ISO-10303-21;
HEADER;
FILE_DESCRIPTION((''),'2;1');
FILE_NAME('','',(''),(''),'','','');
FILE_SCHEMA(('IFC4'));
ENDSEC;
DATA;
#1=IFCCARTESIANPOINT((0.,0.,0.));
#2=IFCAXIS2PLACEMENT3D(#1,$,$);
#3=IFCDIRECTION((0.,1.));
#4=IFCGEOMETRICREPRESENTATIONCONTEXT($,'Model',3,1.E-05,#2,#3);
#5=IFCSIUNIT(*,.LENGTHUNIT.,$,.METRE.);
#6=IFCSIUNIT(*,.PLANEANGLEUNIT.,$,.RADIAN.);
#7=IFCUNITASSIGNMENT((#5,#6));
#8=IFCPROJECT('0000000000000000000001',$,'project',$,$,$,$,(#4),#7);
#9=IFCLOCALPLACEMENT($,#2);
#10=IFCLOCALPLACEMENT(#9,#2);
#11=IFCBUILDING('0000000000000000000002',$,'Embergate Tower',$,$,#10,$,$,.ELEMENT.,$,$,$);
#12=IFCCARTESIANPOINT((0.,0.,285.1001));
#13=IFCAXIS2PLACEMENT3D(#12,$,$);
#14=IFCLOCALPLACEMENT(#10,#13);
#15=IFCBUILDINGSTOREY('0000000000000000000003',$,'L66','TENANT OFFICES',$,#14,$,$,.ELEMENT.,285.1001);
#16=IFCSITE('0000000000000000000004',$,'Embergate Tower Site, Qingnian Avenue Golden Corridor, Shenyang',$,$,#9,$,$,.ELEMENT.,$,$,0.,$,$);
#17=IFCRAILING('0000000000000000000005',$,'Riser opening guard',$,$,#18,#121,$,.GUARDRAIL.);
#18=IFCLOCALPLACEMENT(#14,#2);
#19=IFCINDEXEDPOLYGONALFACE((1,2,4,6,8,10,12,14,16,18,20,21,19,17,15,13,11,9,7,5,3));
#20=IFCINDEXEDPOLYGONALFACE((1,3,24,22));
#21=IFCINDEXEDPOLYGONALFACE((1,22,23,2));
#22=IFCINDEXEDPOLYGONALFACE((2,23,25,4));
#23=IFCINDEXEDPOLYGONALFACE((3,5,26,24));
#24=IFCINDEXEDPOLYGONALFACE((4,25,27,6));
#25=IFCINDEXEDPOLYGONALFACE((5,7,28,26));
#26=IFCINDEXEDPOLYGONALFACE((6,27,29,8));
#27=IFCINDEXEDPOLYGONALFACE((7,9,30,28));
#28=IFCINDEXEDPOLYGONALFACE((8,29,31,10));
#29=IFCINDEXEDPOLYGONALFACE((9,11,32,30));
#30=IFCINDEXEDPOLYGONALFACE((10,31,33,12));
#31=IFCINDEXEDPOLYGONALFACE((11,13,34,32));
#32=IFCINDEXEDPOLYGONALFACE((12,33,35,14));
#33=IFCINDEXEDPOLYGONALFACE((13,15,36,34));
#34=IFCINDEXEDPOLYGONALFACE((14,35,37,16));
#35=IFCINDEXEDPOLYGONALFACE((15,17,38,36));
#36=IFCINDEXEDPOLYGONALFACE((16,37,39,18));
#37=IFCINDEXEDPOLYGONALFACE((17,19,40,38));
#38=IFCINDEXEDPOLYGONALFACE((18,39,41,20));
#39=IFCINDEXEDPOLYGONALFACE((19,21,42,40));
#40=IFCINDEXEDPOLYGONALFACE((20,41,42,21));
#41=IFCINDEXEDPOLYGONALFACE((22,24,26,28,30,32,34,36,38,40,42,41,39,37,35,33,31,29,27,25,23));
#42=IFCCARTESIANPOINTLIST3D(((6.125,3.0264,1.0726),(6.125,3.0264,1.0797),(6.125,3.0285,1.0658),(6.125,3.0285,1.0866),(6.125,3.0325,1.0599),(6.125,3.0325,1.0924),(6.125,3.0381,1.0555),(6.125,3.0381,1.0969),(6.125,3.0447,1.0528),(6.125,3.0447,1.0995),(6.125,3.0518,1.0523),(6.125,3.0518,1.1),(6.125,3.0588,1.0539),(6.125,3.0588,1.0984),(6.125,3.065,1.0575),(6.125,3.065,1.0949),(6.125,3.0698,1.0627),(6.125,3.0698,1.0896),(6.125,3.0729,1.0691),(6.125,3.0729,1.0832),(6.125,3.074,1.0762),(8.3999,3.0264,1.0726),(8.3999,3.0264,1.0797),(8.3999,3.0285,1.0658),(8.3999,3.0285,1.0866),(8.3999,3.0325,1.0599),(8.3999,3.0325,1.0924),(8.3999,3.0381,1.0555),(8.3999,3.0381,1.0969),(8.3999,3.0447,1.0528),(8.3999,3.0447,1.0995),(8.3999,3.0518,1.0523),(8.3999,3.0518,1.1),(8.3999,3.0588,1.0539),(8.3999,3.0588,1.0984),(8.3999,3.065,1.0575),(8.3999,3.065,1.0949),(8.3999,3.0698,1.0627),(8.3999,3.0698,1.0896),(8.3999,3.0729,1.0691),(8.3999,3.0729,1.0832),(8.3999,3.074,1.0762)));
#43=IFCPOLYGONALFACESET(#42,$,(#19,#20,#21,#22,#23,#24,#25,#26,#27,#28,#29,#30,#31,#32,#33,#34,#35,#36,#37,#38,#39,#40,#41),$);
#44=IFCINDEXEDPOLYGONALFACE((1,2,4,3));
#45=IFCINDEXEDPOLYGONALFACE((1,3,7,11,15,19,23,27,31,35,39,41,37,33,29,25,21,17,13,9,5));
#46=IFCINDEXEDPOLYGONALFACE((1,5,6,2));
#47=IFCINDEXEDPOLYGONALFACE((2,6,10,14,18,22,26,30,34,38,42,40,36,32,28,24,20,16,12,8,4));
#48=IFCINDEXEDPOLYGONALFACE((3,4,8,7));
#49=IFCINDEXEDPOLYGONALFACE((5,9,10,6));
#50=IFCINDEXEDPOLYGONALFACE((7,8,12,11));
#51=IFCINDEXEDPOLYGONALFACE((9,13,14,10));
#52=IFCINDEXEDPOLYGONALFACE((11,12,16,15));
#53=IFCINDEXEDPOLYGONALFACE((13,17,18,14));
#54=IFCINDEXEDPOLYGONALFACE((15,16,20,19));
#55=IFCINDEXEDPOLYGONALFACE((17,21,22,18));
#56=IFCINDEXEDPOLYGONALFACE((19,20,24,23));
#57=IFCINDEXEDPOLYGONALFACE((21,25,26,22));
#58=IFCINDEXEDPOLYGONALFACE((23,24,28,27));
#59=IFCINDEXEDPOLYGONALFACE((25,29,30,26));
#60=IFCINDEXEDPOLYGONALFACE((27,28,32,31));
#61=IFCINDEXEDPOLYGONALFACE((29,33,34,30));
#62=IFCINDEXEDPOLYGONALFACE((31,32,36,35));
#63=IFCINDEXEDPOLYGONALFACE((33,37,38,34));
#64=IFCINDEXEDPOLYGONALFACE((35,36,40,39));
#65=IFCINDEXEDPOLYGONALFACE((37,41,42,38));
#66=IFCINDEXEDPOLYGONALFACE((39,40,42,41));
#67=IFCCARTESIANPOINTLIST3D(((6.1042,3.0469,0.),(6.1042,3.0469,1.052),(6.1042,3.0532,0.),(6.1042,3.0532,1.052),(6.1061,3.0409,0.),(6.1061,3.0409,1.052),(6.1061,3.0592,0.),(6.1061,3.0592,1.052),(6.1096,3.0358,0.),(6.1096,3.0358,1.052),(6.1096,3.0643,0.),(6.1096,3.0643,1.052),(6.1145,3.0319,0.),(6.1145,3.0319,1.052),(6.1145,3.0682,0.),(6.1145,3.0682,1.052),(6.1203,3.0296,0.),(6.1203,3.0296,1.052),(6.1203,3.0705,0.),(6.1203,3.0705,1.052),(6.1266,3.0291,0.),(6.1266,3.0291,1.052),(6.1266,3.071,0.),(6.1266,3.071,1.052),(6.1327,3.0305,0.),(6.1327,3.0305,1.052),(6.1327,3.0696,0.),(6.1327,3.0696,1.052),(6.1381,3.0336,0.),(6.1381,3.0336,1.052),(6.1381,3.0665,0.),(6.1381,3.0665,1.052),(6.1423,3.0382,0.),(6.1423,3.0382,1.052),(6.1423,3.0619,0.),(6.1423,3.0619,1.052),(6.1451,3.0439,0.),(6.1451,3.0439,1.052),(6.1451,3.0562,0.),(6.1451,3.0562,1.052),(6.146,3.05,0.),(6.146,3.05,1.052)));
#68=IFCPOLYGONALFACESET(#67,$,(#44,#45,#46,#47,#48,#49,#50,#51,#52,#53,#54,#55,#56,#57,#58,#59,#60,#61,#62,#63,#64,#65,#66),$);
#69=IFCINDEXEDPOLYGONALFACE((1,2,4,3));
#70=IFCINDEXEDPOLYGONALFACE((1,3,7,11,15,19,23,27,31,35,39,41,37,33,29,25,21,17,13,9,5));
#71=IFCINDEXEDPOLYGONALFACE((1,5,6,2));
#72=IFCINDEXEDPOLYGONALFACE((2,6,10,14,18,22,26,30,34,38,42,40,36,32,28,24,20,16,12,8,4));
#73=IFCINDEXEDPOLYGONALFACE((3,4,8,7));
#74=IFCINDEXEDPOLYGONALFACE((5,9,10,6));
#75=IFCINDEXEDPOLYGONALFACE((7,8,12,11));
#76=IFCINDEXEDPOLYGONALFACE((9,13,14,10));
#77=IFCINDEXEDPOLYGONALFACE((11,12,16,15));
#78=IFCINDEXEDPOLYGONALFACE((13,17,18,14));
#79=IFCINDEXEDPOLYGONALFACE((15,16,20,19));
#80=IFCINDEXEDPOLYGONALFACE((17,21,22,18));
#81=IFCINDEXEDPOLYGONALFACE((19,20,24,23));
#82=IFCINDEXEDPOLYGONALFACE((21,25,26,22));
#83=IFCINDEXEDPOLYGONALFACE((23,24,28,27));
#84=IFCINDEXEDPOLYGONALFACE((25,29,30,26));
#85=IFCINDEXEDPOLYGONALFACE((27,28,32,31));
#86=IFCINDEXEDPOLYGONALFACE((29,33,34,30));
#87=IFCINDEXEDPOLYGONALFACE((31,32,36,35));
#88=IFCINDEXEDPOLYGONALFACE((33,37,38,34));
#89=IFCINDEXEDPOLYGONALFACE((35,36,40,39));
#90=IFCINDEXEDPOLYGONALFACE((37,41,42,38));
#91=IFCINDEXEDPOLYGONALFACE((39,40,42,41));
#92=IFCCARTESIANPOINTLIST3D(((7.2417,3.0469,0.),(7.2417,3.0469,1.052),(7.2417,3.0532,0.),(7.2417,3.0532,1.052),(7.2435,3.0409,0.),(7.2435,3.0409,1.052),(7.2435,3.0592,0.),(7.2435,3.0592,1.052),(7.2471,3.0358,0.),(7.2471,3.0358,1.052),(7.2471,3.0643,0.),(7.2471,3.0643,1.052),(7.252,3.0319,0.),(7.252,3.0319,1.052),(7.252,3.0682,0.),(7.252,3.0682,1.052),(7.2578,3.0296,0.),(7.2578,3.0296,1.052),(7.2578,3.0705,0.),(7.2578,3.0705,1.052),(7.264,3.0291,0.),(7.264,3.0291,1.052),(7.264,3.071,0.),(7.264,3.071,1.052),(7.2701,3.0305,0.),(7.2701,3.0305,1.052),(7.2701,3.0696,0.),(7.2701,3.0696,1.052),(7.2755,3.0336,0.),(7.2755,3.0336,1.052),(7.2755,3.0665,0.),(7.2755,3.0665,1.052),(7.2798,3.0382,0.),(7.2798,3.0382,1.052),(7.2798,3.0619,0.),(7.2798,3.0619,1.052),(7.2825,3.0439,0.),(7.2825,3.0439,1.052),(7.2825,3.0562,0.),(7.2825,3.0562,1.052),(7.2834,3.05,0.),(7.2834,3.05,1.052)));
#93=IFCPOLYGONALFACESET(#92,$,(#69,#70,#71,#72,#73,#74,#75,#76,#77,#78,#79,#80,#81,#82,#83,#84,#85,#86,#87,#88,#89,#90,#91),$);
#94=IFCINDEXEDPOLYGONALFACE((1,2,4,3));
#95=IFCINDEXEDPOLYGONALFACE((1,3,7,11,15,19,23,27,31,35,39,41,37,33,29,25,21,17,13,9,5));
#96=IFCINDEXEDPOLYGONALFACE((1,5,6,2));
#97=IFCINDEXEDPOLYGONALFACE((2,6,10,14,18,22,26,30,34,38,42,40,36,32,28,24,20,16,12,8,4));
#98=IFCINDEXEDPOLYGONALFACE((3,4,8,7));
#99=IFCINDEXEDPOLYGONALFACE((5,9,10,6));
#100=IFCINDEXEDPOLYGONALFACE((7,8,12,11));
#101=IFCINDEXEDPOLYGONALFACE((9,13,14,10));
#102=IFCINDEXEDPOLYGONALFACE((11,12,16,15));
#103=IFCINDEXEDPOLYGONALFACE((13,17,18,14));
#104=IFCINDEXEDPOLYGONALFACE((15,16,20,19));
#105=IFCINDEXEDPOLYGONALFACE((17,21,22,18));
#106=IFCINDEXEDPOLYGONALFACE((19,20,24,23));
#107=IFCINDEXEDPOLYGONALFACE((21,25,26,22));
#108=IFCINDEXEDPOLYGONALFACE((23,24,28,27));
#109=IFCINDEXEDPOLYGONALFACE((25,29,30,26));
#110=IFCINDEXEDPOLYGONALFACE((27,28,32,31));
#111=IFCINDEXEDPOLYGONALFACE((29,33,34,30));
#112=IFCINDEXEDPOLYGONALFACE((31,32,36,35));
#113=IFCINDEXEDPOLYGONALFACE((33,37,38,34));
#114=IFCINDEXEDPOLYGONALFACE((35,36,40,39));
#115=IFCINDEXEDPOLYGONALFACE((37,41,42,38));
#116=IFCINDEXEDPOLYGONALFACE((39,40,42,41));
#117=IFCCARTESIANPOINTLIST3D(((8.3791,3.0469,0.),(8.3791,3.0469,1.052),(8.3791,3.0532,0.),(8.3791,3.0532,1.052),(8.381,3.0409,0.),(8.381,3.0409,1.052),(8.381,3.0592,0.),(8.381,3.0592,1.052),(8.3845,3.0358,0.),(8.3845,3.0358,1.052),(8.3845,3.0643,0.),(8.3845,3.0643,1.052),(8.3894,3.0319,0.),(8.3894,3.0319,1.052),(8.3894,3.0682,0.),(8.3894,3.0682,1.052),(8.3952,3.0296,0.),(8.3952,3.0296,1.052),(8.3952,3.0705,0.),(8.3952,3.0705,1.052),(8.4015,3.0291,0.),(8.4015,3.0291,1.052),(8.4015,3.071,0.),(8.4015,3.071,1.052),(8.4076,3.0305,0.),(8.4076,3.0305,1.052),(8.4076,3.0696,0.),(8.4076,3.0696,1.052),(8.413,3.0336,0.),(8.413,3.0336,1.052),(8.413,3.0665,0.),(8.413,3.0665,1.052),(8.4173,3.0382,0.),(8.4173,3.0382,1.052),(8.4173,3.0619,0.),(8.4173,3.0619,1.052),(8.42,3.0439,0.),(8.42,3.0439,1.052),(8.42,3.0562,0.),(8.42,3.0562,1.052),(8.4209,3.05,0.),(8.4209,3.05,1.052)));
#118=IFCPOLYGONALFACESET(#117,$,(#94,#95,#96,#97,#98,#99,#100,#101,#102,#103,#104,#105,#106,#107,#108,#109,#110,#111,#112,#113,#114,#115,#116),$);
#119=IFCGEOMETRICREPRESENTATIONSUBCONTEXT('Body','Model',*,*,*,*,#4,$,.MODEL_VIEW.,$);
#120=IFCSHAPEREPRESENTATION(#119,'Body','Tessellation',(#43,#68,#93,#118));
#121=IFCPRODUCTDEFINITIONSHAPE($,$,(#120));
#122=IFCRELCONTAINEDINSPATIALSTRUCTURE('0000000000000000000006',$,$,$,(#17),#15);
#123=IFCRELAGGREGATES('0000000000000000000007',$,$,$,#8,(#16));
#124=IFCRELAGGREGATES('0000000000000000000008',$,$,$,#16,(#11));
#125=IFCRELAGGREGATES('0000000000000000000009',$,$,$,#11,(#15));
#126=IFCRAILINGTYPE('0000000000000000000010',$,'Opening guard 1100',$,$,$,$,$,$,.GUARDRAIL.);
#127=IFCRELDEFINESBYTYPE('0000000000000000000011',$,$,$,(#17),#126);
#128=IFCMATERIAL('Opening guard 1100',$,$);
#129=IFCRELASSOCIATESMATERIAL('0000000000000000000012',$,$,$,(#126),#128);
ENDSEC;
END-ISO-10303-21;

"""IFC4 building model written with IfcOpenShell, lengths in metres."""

from ifc_helpers import new_model, si_unit, direction, frame, origin, origin_2d, place, context, subcontext, project, spatial, circle, extrude, source, transform, mapped, material, type_object, element, save


model = new_model("IFC4")

# Units and contexts
model_context = context("Model", 3, precision=1e-05, world=origin(), true_north=direction((0.0, 1.0)))
body_context = subcontext(model_context, "Body", "Model", "MODEL_VIEW")
ifc_project = project(units=[si_unit("LENGTHUNIT", "METRE"), si_unit("PLANEANGLEUNIT", "RADIAN")], contexts=[model_context])

# Site, building, storey
site_placement = place(None, origin())
site = spatial("IfcSite", under=ifc_project, at=site_placement, Name="Embergate Tower Site, Qingnian Avenue Golden Corridor, Shenyang", CompositionType="ELEMENT", RefElevation=0.0)
building_placement = place(site_placement, origin())
building = spatial("IfcBuilding", under=site, at=building_placement, Name="Embergate Tower", CompositionType="ELEMENT")
storey_placement = place(building_placement, frame((0.0, 0.0, 285.1001)))
storey = spatial("IfcBuildingStorey", under=building, at=storey_placement, Name="L66", Description="TENANT OFFICES", CompositionType="ELEMENT", Elevation=285.1001)

# Railing
ifc_material_1 = material(Name="Opening guard 1100")
railing_type_1 = type_object("IfcRailingType", Name="Opening guard 1100", PredefinedType="GUARDRAIL", material=ifc_material_1)
shared_shape_1 = source(origin(), body_context, "Body", "SweptSolid", [
    extrude(circle(Radius=0.0239, at=origin_2d()), frame((0.0, 0.0, 1.0762), z_axis=(1.0, 0.0, 0.0), x_axis=(0.0, 1.0, 0.0)), (0.0, 0.0, 1.0), 2.2749),
    extrude(circle(Radius=0.021, at=origin_2d()), origin(), (0.0, 0.0, 1.0), 1.052),
    extrude(circle(Radius=0.021, at=origin_2d()), frame((1.1375, 0.0, 0.0)), (0.0, 0.0, 1.0), 1.052),
    extrude(circle(Radius=0.021, at=origin_2d()), frame((2.2749, 0.0, 0.0)), (0.0, 0.0, 1.0), 1.052),
])
railing_1_placement = place(storey_placement, frame((6.125, 3.05, 0.0)))
element("IfcRailing", 1, at=railing_1_placement, inside=storey, type_object=railing_type_1, Name="Riser opening guard", PredefinedType="GUARDRAIL", context=body_context, shape_type="MappedRepresentation", body=[
    mapped(shared_shape_1, transform((0.0, 0.0, 0.0))),
])

save(model, "model.ifc")
